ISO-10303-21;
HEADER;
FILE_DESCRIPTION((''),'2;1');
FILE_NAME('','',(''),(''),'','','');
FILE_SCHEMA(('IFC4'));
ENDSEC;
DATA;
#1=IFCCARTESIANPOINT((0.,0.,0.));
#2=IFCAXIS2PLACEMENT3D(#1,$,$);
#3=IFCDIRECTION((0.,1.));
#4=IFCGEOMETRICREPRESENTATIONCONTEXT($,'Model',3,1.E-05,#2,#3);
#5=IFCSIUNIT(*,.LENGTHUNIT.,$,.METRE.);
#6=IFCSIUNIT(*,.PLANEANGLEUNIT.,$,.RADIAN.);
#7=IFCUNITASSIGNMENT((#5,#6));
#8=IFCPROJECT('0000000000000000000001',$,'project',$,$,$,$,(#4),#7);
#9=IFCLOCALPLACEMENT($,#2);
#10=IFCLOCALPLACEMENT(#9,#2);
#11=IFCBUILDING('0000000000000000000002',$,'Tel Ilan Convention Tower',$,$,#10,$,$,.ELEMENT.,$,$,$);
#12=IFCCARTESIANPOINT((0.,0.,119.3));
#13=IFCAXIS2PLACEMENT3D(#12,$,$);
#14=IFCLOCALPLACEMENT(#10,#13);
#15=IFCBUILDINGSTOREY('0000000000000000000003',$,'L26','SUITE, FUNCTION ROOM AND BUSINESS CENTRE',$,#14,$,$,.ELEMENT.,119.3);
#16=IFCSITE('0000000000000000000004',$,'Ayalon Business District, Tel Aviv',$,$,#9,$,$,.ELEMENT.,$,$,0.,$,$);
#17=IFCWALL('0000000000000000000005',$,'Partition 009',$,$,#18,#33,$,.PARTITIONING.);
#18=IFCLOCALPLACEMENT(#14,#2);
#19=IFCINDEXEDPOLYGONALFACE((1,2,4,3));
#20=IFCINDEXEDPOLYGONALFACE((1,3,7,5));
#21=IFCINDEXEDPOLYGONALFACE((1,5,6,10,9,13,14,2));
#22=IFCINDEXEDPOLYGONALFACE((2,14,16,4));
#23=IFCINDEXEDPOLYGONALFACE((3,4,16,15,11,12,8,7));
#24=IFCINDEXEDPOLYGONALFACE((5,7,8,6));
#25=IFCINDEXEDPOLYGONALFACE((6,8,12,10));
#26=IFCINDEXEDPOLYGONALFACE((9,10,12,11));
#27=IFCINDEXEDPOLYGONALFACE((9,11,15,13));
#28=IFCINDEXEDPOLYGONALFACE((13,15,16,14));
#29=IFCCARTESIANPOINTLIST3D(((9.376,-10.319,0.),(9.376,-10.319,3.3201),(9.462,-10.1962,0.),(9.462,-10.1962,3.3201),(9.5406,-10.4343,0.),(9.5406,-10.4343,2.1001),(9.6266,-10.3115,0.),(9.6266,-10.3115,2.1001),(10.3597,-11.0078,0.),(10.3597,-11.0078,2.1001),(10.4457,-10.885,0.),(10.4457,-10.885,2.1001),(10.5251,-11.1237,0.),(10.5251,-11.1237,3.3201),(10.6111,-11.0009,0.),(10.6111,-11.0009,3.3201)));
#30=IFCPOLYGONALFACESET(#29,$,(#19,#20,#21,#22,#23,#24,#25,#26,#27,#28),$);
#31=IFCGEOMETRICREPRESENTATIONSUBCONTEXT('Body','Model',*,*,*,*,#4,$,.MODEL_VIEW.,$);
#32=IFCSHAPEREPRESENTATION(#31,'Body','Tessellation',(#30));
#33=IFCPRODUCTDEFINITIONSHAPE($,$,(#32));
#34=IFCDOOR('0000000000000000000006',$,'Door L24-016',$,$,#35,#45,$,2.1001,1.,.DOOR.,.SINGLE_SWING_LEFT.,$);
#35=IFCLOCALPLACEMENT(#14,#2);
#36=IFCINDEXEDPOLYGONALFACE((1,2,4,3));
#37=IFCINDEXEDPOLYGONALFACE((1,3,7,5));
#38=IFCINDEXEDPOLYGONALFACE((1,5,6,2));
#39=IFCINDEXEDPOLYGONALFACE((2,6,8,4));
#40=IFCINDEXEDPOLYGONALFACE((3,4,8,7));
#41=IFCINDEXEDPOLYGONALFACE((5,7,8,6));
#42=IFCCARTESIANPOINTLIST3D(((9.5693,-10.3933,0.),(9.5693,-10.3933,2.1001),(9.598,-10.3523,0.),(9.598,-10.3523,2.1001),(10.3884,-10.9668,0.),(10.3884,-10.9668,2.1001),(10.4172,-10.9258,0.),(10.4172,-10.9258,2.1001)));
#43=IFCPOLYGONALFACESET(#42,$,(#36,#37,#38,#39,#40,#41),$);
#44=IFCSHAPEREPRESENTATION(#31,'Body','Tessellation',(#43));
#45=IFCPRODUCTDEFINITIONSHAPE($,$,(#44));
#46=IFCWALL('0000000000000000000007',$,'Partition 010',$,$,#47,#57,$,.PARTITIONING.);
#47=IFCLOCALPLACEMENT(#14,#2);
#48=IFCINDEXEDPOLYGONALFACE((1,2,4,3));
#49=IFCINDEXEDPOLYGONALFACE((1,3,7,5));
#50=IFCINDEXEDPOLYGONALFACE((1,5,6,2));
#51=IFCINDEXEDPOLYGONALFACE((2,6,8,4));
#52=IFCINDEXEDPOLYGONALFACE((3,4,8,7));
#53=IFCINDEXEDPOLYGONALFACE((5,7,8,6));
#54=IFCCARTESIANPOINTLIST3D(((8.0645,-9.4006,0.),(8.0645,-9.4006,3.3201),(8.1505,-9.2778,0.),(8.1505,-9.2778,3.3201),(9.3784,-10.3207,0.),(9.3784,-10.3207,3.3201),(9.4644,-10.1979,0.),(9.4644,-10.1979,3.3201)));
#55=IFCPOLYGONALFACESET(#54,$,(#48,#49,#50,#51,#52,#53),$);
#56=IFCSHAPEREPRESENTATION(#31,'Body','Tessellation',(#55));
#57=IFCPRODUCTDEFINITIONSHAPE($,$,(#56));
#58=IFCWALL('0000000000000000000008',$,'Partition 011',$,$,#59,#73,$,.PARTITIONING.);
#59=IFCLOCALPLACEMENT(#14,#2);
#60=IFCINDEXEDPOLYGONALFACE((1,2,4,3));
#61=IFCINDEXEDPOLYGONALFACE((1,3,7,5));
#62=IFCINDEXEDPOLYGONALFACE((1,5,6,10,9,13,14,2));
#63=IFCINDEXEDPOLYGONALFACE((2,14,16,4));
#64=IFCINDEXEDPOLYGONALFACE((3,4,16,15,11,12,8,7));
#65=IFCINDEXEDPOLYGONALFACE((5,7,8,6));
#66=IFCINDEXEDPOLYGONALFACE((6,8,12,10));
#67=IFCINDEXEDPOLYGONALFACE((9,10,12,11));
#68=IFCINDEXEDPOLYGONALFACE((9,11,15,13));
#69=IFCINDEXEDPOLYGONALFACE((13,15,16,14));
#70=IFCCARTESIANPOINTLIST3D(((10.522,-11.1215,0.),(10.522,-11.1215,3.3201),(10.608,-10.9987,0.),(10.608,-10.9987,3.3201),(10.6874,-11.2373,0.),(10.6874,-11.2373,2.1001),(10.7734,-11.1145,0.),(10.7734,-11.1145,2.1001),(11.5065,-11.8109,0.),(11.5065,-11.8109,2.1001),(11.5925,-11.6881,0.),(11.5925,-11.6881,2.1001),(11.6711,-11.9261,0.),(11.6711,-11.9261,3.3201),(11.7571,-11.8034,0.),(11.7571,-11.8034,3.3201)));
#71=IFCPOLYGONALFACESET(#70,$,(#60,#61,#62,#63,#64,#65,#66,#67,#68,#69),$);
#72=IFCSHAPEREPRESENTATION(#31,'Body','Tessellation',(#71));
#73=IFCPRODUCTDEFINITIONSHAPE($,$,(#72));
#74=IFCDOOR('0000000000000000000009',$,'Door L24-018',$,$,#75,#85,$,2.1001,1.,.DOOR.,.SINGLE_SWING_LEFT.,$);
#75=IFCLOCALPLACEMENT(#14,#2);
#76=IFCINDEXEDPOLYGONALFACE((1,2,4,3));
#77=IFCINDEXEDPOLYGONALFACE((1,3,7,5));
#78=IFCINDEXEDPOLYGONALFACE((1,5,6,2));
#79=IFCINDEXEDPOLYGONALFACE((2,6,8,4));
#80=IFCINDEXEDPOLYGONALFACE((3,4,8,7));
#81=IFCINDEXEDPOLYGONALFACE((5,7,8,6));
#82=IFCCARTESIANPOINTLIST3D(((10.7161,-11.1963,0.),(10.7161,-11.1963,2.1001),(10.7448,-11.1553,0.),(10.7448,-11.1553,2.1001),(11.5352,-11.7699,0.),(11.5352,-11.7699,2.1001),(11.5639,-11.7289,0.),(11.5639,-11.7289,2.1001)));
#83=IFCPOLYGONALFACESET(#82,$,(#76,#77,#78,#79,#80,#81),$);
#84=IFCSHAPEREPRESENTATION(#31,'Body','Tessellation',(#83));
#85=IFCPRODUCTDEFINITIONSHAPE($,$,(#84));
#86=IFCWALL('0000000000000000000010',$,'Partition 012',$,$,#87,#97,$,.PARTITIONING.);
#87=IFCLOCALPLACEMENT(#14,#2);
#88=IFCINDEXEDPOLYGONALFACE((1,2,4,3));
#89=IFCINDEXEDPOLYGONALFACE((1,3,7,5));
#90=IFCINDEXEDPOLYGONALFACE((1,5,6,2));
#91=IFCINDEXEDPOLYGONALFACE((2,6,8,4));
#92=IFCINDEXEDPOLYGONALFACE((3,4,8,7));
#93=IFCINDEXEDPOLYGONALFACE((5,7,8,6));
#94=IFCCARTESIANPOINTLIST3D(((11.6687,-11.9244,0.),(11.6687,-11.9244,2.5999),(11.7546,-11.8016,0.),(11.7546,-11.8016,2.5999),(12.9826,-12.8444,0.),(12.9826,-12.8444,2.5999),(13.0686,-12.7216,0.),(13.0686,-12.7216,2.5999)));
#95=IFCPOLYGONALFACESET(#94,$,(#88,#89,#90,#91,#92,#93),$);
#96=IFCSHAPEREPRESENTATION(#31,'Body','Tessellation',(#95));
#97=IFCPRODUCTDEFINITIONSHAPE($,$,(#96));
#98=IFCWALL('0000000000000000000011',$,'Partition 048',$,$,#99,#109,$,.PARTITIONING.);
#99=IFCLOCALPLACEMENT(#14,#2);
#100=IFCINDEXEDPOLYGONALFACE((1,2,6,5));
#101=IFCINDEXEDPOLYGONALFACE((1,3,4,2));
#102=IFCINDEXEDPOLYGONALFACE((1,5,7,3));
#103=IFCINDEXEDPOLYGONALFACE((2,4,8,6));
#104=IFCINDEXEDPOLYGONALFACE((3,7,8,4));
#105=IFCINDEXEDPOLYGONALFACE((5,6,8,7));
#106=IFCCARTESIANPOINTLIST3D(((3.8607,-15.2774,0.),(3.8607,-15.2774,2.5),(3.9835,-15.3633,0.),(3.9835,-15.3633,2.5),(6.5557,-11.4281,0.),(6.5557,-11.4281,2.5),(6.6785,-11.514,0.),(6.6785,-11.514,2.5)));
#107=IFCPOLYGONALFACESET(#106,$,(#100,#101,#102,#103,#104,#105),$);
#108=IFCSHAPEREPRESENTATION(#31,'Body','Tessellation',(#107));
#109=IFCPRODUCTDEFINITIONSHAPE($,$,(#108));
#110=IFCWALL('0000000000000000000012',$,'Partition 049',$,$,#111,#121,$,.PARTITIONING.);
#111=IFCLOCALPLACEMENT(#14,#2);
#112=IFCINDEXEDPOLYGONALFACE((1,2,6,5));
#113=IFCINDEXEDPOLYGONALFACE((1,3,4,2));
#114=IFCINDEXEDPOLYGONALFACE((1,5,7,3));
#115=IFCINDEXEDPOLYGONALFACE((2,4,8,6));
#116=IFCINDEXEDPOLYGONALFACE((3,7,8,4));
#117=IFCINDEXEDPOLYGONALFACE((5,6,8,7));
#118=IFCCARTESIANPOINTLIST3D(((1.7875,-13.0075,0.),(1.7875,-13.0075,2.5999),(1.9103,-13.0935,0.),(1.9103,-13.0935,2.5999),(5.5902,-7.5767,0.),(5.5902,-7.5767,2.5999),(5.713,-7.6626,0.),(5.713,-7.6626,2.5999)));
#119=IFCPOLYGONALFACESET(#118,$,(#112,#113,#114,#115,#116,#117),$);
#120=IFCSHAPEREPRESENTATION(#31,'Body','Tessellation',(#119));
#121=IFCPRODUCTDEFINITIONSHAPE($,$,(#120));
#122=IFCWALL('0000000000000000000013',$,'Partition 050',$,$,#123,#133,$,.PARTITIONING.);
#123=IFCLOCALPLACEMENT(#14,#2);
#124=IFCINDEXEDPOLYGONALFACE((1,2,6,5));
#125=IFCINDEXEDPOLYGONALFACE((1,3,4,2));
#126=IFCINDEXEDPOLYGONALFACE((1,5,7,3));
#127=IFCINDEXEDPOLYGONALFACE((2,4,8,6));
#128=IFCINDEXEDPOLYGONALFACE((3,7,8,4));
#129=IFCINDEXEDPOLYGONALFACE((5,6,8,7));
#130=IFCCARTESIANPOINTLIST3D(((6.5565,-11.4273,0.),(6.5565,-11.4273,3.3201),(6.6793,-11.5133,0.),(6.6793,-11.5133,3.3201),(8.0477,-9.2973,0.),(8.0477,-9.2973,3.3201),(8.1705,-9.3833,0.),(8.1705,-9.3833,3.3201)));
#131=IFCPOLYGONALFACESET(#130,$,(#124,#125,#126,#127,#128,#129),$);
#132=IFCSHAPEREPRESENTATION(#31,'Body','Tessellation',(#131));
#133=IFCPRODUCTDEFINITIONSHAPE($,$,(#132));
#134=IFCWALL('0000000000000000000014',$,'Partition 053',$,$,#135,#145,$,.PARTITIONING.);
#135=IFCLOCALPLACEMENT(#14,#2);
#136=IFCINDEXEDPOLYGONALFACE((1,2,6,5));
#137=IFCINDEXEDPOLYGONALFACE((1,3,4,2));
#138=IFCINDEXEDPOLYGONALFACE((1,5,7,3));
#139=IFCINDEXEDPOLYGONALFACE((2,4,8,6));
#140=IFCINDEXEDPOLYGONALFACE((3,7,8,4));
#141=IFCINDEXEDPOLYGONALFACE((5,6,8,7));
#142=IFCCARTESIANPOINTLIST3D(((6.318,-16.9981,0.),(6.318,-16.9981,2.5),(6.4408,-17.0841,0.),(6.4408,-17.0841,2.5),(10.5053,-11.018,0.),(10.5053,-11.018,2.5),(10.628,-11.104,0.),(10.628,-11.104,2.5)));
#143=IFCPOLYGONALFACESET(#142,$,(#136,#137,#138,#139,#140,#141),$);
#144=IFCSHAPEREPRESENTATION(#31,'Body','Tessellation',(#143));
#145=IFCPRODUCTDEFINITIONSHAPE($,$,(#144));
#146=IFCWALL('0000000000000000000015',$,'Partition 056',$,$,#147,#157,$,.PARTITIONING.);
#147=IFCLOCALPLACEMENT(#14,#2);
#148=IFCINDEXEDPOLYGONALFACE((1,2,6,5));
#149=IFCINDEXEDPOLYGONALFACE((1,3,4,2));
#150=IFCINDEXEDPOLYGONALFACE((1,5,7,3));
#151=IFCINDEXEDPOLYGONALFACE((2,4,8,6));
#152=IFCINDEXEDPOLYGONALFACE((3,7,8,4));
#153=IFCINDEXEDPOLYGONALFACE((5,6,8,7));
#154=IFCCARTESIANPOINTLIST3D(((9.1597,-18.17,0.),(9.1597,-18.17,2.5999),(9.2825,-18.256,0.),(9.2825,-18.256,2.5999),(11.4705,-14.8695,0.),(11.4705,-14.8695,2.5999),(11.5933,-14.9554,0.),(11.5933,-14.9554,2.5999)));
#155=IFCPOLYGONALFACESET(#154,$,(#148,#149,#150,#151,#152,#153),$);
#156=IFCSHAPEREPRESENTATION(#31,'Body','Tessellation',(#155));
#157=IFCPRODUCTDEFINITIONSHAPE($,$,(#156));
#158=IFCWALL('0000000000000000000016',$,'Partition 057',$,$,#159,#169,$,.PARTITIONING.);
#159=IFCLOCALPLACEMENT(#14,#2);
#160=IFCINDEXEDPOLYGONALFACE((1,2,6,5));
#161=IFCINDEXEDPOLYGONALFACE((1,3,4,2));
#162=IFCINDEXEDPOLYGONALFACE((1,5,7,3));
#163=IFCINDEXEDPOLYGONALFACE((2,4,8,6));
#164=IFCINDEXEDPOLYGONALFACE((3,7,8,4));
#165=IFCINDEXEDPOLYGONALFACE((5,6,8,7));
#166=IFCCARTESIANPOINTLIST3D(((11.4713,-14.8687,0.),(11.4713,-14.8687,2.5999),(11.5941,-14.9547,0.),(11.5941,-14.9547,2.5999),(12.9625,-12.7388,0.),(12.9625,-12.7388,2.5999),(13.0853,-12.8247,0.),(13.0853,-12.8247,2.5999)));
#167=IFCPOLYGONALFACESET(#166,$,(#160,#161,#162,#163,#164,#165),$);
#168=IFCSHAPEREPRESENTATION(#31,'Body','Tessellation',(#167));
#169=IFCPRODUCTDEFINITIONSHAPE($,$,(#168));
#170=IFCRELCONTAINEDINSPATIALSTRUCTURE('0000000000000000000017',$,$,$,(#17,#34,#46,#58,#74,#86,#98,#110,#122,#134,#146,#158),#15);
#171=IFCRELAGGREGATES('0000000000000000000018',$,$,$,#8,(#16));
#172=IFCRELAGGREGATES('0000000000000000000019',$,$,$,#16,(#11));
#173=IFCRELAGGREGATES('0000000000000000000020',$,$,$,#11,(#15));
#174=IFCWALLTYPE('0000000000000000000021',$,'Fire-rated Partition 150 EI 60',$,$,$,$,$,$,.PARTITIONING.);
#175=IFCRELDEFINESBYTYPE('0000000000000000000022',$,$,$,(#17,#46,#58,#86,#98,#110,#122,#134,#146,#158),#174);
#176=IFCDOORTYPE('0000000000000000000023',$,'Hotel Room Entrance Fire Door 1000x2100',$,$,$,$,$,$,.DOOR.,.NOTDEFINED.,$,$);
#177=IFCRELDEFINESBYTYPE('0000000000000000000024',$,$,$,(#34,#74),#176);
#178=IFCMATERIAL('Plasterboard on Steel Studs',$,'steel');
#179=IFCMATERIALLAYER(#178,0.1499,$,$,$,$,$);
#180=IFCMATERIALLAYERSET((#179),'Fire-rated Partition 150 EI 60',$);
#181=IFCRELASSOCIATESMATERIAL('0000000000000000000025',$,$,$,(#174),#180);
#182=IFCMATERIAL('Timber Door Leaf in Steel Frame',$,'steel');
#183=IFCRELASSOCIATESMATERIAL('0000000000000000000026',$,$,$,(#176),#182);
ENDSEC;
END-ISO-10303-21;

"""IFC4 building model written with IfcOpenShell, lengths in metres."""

from ifc_helpers import new_model, si_unit, direction, frame, frame_2d, origin, place, context, subcontext, project, spatial, rectangle, extrude, material, layer, layer_set, type_object, element, fill, save


model = new_model("IFC4")

# Units and contexts
model_context = context("Model", 3, precision=1e-05, world=origin(), true_north=direction((0.0, 1.0)))
body_context = subcontext(model_context, "Body", "Model", "MODEL_VIEW")
ifc_project = project(units=[si_unit("LENGTHUNIT", "METRE"), si_unit("PLANEANGLEUNIT", "RADIAN")], contexts=[model_context])

# Site, building, storey
site_placement = place(None, origin())
site = spatial("IfcSite", under=ifc_project, at=site_placement, Name="Ayalon Business District, Tel Aviv", CompositionType="ELEMENT", RefElevation=0.0)
building_placement = place(site_placement, origin())
building = spatial("IfcBuilding", under=site, at=building_placement, Name="Tel Ilan Convention Tower", CompositionType="ELEMENT")
storey_placement = place(building_placement, frame((0.0, 0.0, 119.3)))
storey = spatial("IfcBuildingStorey", under=building, at=storey_placement, Name="L26", Description="SUITE, FUNCTION ROOM AND BUSINESS CENTRE", CompositionType="ELEMENT", Elevation=119.3)

# Shared definitions
ifc_material_1 = material(Name="Plasterboard on Steel Studs", Category="steel")
ifc_layer_1 = layer(ifc_material_1, 0.1499)
ifc_layer_set_1 = layer_set([ifc_layer_1], Name="Fire-rated Partition 150 EI 60")
wall_type_1 = type_object("IfcWallType", Name="Fire-rated Partition 150 EI 60", PredefinedType="PARTITIONING", material=ifc_layer_set_1)
ifc_material_2 = material(Name="Timber Door Leaf in Steel Frame", Category="steel")
door_type_1 = type_object("IfcDoorType", Name="Hotel Room Entrance Fire Door 1000x2100", OperationType="NOTDEFINED", PredefinedType="DOOR", material=ifc_material_2)

# Wall, opening, door
wall_1_placement = place(storey_placement, frame((10.5681, -11.0623, 0.0), z_axis=(0.0, 0.0, 1.0), x_axis=(-0.819142, 0.573591, 0.0)))
wall_1 = element("IfcWall", 1, at=wall_1_placement, inside=storey, type_object=wall_type_1, Name="Partition 009", PredefinedType="PARTITIONING", context=body_context, shape_type="SweptSolid", body=[
    extrude(rectangle(XDim=1.4028, YDim=0.1499, at=frame_2d((0.7014, 0.0))), origin(), (0.0, 0.0, 1.0), 3.3201),
])
opening_1_placement = place(wall_1_placement, frame((0.2019, 0.0, 0.0)))
opening_1 = element("IfcOpeningElement", 2, at=opening_1_placement, cuts=wall_1, PredefinedType="OPENING", context=body_context, shape_type="SweptSolid", body=[
    extrude(rectangle(XDim=1.0, YDim=2.1001, at=frame_2d((0.5, 1.05))), frame((0.0, 0.085, 0.0), z_axis=(0.0, -1.0, 0.0), x_axis=(1.0, 0.0, 0.0)), (0.0, 0.0, 1.0), 0.1699),
])
door_1_placement = place(opening_1_placement, origin())
door_1 = element("IfcDoor", 3, at=door_1_placement, inside=storey, type_object=door_type_1, Name="Door L24-016", OperationType="SINGLE_SWING_LEFT", OverallHeight=2.1001, OverallWidth=1.0, PredefinedType="DOOR", context=body_context, shape_type="SweptSolid", body=[
    extrude(rectangle(XDim=1.0, YDim=2.1001, at=frame_2d((0.5, 1.05))), frame((0.0, 0.0249, 0.0), z_axis=(0.0, -1.0, 0.0), x_axis=(1.0, 0.0, 0.0)), (0.0, 0.0, 1.0), 0.05),
])
fill(opening_1, door_1)

# Wall
wall_2_placement = place(storey_placement, frame((9.4214, -10.2593, 0.0), z_axis=(0.0, 0.0, 1.0), x_axis=(-0.819118, 0.573626, 0.0)))
element("IfcWall", 4, at=wall_2_placement, inside=storey, type_object=wall_type_1, Name="Partition 010", PredefinedType="PARTITIONING", context=body_context, shape_type="SweptSolid", body=[
    extrude(rectangle(XDim=1.604, YDim=0.1499, at=frame_2d((0.802, 0.0))), origin(), (0.0, 0.0, 1.0), 3.3201),
])

# Wall, opening, door
wall_3_placement = place(storey_placement, frame((11.7141, -11.8647, 0.0), z_axis=(0.0, 0.0, 1.0), x_axis=(-0.819142, 0.573591, 0.0)))
wall_3 = element("IfcWall", 5, at=wall_3_placement, inside=storey, type_object=wall_type_1, Name="Partition 011", PredefinedType="PARTITIONING", context=body_context, shape_type="SweptSolid", body=[
    extrude(rectangle(XDim=1.4028, YDim=0.1499, at=frame_2d((0.7014, 0.0))), origin(), (0.0, 0.0, 1.0), 3.3201),
])
opening_2_placement = place(wall_3_placement, frame((0.2009, 0.0, 0.0)))
opening_2 = element("IfcOpeningElement", 6, at=opening_2_placement, cuts=wall_3, PredefinedType="OPENING", context=body_context, shape_type="SweptSolid", body=[
    extrude(rectangle(XDim=1.0, YDim=2.1001, at=frame_2d((0.5, 1.05))), frame((0.0, 0.085, 0.0), z_axis=(0.0, -1.0, 0.0), x_axis=(1.0, 0.0, 0.0)), (0.0, 0.0, 1.0), 0.1699),
])
door_2_placement = place(opening_2_placement, origin())
door_2 = element("IfcDoor", 7, at=door_2_placement, inside=storey, type_object=door_type_1, Name="Door L24-018", OperationType="SINGLE_SWING_LEFT", OverallHeight=2.1001, OverallWidth=1.0, PredefinedType="DOOR", context=body_context, shape_type="SweptSolid", body=[
    extrude(rectangle(XDim=1.0, YDim=2.1001, at=frame_2d((0.5, 1.05))), frame((0.0, 0.0249, 0.0), z_axis=(0.0, -1.0, 0.0), x_axis=(1.0, 0.0, 0.0)), (0.0, 0.0, 1.0), 0.05),
])
fill(opening_2, door_2)

# Walls
wall_4_placement = place(storey_placement, frame((13.0256, -12.783, 0.0), z_axis=(0.0, 0.0, 1.0), x_axis=(-0.819189, 0.573524, 0.0)))
element("IfcWall", 8, at=wall_4_placement, inside=storey, type_object=wall_type_1, Name="Partition 012", PredefinedType="PARTITIONING", context=body_context, shape_type="SweptSolid", body=[
    extrude(rectangle(XDim=1.604, YDim=0.1499, at=frame_2d((0.802, 0.0))), origin(), (0.0, 0.0, 1.0), 2.5999),
])
wall_5_placement = place(storey_placement, frame((6.6172, -11.4709, 0.0), z_axis=(0.0, 0.0, 1.0), x_axis=(-0.573536, -0.819181, 0.0)))
element("IfcWall", 9, at=wall_5_placement, inside=storey, type_object=wall_type_1, Name="Partition 048", PredefinedType="PARTITIONING", context=body_context, shape_type="SweptSolid", body=[
    extrude(rectangle(XDim=4.699, YDim=0.1499, at=frame_2d((2.3496, 0.0))), origin(), (0.0, 0.0, 1.0), 2.5),
])
wall_6_placement = place(storey_placement, frame((1.8489, -13.0505, 0.0), z_axis=(0.0, 0.0, 1.0), x_axis=(0.573574, 0.819154, 0.0)))
element("IfcWall", 10, at=wall_6_placement, inside=storey, type_object=wall_type_1, Name="Partition 049", PredefinedType="PARTITIONING", context=body_context, shape_type="SweptSolid", body=[
    extrude(rectangle(XDim=6.6299, YDim=0.1499, at=frame_2d((3.3149, 0.0))), origin(), (0.0, 0.0, 1.0), 2.5999),
])
wall_7_placement = place(storey_placement, frame((8.1091, -9.3403, 0.0), z_axis=(0.0, 0.0, 1.0), x_axis=(-0.573538, -0.819179, 0.0)))
element("IfcWall", 11, at=wall_7_placement, inside=storey, type_object=wall_type_1, Name="Partition 050", PredefinedType="PARTITIONING", context=body_context, shape_type="SweptSolid", body=[
    extrude(rectangle(XDim=2.6001, YDim=0.1499, at=frame_2d((1.3, 0.0))), origin(), (0.0, 0.0, 1.0), 3.3201),
])
wall_8_placement = place(storey_placement, frame((10.5667, -11.061, 0.0), z_axis=(0.0, 0.0, 1.0), x_axis=(-0.573579, -0.81915, 0.0)))
element("IfcWall", 12, at=wall_8_placement, inside=storey, type_object=wall_type_1, Name="Partition 053", PredefinedType="PARTITIONING", context=body_context, shape_type="SweptSolid", body=[
    extrude(rectangle(XDim=7.3003, YDim=0.1499, at=frame_2d((3.6501, 0.0))), origin(), (0.0, 0.0, 1.0), 2.5),
])
wall_9_placement = place(storey_placement, frame((11.532, -14.9124, 0.0), z_axis=(0.0, 0.0, 1.0), x_axis=(-0.573531, -0.819184, 0.0)))
element("IfcWall", 13, at=wall_9_placement, inside=storey, type_object=wall_type_1, Name="Partition 056", PredefinedType="PARTITIONING", context=body_context, shape_type="SweptSolid", body=[
    extrude(rectangle(XDim=4.0291, YDim=0.1499, at=frame_2d((2.0146, 0.0))), origin(), (0.0, 0.0, 1.0), 2.5999),
])
wall_10_placement = place(storey_placement, frame((13.0239, -12.7817, 0.0), z_axis=(0.0, 0.0, 1.0), x_axis=(-0.573538, -0.819179, 0.0)))
element("IfcWall", 14, at=wall_10_placement, inside=storey, type_object=wall_type_1, Name="Partition 057", PredefinedType="PARTITIONING", context=body_context, shape_type="SweptSolid", body=[
    extrude(rectangle(XDim=2.6001, YDim=0.1499, at=frame_2d((1.3, 0.0))), origin(), (0.0, 0.0, 1.0), 2.5999),
])

save(model, "model.ifc")
